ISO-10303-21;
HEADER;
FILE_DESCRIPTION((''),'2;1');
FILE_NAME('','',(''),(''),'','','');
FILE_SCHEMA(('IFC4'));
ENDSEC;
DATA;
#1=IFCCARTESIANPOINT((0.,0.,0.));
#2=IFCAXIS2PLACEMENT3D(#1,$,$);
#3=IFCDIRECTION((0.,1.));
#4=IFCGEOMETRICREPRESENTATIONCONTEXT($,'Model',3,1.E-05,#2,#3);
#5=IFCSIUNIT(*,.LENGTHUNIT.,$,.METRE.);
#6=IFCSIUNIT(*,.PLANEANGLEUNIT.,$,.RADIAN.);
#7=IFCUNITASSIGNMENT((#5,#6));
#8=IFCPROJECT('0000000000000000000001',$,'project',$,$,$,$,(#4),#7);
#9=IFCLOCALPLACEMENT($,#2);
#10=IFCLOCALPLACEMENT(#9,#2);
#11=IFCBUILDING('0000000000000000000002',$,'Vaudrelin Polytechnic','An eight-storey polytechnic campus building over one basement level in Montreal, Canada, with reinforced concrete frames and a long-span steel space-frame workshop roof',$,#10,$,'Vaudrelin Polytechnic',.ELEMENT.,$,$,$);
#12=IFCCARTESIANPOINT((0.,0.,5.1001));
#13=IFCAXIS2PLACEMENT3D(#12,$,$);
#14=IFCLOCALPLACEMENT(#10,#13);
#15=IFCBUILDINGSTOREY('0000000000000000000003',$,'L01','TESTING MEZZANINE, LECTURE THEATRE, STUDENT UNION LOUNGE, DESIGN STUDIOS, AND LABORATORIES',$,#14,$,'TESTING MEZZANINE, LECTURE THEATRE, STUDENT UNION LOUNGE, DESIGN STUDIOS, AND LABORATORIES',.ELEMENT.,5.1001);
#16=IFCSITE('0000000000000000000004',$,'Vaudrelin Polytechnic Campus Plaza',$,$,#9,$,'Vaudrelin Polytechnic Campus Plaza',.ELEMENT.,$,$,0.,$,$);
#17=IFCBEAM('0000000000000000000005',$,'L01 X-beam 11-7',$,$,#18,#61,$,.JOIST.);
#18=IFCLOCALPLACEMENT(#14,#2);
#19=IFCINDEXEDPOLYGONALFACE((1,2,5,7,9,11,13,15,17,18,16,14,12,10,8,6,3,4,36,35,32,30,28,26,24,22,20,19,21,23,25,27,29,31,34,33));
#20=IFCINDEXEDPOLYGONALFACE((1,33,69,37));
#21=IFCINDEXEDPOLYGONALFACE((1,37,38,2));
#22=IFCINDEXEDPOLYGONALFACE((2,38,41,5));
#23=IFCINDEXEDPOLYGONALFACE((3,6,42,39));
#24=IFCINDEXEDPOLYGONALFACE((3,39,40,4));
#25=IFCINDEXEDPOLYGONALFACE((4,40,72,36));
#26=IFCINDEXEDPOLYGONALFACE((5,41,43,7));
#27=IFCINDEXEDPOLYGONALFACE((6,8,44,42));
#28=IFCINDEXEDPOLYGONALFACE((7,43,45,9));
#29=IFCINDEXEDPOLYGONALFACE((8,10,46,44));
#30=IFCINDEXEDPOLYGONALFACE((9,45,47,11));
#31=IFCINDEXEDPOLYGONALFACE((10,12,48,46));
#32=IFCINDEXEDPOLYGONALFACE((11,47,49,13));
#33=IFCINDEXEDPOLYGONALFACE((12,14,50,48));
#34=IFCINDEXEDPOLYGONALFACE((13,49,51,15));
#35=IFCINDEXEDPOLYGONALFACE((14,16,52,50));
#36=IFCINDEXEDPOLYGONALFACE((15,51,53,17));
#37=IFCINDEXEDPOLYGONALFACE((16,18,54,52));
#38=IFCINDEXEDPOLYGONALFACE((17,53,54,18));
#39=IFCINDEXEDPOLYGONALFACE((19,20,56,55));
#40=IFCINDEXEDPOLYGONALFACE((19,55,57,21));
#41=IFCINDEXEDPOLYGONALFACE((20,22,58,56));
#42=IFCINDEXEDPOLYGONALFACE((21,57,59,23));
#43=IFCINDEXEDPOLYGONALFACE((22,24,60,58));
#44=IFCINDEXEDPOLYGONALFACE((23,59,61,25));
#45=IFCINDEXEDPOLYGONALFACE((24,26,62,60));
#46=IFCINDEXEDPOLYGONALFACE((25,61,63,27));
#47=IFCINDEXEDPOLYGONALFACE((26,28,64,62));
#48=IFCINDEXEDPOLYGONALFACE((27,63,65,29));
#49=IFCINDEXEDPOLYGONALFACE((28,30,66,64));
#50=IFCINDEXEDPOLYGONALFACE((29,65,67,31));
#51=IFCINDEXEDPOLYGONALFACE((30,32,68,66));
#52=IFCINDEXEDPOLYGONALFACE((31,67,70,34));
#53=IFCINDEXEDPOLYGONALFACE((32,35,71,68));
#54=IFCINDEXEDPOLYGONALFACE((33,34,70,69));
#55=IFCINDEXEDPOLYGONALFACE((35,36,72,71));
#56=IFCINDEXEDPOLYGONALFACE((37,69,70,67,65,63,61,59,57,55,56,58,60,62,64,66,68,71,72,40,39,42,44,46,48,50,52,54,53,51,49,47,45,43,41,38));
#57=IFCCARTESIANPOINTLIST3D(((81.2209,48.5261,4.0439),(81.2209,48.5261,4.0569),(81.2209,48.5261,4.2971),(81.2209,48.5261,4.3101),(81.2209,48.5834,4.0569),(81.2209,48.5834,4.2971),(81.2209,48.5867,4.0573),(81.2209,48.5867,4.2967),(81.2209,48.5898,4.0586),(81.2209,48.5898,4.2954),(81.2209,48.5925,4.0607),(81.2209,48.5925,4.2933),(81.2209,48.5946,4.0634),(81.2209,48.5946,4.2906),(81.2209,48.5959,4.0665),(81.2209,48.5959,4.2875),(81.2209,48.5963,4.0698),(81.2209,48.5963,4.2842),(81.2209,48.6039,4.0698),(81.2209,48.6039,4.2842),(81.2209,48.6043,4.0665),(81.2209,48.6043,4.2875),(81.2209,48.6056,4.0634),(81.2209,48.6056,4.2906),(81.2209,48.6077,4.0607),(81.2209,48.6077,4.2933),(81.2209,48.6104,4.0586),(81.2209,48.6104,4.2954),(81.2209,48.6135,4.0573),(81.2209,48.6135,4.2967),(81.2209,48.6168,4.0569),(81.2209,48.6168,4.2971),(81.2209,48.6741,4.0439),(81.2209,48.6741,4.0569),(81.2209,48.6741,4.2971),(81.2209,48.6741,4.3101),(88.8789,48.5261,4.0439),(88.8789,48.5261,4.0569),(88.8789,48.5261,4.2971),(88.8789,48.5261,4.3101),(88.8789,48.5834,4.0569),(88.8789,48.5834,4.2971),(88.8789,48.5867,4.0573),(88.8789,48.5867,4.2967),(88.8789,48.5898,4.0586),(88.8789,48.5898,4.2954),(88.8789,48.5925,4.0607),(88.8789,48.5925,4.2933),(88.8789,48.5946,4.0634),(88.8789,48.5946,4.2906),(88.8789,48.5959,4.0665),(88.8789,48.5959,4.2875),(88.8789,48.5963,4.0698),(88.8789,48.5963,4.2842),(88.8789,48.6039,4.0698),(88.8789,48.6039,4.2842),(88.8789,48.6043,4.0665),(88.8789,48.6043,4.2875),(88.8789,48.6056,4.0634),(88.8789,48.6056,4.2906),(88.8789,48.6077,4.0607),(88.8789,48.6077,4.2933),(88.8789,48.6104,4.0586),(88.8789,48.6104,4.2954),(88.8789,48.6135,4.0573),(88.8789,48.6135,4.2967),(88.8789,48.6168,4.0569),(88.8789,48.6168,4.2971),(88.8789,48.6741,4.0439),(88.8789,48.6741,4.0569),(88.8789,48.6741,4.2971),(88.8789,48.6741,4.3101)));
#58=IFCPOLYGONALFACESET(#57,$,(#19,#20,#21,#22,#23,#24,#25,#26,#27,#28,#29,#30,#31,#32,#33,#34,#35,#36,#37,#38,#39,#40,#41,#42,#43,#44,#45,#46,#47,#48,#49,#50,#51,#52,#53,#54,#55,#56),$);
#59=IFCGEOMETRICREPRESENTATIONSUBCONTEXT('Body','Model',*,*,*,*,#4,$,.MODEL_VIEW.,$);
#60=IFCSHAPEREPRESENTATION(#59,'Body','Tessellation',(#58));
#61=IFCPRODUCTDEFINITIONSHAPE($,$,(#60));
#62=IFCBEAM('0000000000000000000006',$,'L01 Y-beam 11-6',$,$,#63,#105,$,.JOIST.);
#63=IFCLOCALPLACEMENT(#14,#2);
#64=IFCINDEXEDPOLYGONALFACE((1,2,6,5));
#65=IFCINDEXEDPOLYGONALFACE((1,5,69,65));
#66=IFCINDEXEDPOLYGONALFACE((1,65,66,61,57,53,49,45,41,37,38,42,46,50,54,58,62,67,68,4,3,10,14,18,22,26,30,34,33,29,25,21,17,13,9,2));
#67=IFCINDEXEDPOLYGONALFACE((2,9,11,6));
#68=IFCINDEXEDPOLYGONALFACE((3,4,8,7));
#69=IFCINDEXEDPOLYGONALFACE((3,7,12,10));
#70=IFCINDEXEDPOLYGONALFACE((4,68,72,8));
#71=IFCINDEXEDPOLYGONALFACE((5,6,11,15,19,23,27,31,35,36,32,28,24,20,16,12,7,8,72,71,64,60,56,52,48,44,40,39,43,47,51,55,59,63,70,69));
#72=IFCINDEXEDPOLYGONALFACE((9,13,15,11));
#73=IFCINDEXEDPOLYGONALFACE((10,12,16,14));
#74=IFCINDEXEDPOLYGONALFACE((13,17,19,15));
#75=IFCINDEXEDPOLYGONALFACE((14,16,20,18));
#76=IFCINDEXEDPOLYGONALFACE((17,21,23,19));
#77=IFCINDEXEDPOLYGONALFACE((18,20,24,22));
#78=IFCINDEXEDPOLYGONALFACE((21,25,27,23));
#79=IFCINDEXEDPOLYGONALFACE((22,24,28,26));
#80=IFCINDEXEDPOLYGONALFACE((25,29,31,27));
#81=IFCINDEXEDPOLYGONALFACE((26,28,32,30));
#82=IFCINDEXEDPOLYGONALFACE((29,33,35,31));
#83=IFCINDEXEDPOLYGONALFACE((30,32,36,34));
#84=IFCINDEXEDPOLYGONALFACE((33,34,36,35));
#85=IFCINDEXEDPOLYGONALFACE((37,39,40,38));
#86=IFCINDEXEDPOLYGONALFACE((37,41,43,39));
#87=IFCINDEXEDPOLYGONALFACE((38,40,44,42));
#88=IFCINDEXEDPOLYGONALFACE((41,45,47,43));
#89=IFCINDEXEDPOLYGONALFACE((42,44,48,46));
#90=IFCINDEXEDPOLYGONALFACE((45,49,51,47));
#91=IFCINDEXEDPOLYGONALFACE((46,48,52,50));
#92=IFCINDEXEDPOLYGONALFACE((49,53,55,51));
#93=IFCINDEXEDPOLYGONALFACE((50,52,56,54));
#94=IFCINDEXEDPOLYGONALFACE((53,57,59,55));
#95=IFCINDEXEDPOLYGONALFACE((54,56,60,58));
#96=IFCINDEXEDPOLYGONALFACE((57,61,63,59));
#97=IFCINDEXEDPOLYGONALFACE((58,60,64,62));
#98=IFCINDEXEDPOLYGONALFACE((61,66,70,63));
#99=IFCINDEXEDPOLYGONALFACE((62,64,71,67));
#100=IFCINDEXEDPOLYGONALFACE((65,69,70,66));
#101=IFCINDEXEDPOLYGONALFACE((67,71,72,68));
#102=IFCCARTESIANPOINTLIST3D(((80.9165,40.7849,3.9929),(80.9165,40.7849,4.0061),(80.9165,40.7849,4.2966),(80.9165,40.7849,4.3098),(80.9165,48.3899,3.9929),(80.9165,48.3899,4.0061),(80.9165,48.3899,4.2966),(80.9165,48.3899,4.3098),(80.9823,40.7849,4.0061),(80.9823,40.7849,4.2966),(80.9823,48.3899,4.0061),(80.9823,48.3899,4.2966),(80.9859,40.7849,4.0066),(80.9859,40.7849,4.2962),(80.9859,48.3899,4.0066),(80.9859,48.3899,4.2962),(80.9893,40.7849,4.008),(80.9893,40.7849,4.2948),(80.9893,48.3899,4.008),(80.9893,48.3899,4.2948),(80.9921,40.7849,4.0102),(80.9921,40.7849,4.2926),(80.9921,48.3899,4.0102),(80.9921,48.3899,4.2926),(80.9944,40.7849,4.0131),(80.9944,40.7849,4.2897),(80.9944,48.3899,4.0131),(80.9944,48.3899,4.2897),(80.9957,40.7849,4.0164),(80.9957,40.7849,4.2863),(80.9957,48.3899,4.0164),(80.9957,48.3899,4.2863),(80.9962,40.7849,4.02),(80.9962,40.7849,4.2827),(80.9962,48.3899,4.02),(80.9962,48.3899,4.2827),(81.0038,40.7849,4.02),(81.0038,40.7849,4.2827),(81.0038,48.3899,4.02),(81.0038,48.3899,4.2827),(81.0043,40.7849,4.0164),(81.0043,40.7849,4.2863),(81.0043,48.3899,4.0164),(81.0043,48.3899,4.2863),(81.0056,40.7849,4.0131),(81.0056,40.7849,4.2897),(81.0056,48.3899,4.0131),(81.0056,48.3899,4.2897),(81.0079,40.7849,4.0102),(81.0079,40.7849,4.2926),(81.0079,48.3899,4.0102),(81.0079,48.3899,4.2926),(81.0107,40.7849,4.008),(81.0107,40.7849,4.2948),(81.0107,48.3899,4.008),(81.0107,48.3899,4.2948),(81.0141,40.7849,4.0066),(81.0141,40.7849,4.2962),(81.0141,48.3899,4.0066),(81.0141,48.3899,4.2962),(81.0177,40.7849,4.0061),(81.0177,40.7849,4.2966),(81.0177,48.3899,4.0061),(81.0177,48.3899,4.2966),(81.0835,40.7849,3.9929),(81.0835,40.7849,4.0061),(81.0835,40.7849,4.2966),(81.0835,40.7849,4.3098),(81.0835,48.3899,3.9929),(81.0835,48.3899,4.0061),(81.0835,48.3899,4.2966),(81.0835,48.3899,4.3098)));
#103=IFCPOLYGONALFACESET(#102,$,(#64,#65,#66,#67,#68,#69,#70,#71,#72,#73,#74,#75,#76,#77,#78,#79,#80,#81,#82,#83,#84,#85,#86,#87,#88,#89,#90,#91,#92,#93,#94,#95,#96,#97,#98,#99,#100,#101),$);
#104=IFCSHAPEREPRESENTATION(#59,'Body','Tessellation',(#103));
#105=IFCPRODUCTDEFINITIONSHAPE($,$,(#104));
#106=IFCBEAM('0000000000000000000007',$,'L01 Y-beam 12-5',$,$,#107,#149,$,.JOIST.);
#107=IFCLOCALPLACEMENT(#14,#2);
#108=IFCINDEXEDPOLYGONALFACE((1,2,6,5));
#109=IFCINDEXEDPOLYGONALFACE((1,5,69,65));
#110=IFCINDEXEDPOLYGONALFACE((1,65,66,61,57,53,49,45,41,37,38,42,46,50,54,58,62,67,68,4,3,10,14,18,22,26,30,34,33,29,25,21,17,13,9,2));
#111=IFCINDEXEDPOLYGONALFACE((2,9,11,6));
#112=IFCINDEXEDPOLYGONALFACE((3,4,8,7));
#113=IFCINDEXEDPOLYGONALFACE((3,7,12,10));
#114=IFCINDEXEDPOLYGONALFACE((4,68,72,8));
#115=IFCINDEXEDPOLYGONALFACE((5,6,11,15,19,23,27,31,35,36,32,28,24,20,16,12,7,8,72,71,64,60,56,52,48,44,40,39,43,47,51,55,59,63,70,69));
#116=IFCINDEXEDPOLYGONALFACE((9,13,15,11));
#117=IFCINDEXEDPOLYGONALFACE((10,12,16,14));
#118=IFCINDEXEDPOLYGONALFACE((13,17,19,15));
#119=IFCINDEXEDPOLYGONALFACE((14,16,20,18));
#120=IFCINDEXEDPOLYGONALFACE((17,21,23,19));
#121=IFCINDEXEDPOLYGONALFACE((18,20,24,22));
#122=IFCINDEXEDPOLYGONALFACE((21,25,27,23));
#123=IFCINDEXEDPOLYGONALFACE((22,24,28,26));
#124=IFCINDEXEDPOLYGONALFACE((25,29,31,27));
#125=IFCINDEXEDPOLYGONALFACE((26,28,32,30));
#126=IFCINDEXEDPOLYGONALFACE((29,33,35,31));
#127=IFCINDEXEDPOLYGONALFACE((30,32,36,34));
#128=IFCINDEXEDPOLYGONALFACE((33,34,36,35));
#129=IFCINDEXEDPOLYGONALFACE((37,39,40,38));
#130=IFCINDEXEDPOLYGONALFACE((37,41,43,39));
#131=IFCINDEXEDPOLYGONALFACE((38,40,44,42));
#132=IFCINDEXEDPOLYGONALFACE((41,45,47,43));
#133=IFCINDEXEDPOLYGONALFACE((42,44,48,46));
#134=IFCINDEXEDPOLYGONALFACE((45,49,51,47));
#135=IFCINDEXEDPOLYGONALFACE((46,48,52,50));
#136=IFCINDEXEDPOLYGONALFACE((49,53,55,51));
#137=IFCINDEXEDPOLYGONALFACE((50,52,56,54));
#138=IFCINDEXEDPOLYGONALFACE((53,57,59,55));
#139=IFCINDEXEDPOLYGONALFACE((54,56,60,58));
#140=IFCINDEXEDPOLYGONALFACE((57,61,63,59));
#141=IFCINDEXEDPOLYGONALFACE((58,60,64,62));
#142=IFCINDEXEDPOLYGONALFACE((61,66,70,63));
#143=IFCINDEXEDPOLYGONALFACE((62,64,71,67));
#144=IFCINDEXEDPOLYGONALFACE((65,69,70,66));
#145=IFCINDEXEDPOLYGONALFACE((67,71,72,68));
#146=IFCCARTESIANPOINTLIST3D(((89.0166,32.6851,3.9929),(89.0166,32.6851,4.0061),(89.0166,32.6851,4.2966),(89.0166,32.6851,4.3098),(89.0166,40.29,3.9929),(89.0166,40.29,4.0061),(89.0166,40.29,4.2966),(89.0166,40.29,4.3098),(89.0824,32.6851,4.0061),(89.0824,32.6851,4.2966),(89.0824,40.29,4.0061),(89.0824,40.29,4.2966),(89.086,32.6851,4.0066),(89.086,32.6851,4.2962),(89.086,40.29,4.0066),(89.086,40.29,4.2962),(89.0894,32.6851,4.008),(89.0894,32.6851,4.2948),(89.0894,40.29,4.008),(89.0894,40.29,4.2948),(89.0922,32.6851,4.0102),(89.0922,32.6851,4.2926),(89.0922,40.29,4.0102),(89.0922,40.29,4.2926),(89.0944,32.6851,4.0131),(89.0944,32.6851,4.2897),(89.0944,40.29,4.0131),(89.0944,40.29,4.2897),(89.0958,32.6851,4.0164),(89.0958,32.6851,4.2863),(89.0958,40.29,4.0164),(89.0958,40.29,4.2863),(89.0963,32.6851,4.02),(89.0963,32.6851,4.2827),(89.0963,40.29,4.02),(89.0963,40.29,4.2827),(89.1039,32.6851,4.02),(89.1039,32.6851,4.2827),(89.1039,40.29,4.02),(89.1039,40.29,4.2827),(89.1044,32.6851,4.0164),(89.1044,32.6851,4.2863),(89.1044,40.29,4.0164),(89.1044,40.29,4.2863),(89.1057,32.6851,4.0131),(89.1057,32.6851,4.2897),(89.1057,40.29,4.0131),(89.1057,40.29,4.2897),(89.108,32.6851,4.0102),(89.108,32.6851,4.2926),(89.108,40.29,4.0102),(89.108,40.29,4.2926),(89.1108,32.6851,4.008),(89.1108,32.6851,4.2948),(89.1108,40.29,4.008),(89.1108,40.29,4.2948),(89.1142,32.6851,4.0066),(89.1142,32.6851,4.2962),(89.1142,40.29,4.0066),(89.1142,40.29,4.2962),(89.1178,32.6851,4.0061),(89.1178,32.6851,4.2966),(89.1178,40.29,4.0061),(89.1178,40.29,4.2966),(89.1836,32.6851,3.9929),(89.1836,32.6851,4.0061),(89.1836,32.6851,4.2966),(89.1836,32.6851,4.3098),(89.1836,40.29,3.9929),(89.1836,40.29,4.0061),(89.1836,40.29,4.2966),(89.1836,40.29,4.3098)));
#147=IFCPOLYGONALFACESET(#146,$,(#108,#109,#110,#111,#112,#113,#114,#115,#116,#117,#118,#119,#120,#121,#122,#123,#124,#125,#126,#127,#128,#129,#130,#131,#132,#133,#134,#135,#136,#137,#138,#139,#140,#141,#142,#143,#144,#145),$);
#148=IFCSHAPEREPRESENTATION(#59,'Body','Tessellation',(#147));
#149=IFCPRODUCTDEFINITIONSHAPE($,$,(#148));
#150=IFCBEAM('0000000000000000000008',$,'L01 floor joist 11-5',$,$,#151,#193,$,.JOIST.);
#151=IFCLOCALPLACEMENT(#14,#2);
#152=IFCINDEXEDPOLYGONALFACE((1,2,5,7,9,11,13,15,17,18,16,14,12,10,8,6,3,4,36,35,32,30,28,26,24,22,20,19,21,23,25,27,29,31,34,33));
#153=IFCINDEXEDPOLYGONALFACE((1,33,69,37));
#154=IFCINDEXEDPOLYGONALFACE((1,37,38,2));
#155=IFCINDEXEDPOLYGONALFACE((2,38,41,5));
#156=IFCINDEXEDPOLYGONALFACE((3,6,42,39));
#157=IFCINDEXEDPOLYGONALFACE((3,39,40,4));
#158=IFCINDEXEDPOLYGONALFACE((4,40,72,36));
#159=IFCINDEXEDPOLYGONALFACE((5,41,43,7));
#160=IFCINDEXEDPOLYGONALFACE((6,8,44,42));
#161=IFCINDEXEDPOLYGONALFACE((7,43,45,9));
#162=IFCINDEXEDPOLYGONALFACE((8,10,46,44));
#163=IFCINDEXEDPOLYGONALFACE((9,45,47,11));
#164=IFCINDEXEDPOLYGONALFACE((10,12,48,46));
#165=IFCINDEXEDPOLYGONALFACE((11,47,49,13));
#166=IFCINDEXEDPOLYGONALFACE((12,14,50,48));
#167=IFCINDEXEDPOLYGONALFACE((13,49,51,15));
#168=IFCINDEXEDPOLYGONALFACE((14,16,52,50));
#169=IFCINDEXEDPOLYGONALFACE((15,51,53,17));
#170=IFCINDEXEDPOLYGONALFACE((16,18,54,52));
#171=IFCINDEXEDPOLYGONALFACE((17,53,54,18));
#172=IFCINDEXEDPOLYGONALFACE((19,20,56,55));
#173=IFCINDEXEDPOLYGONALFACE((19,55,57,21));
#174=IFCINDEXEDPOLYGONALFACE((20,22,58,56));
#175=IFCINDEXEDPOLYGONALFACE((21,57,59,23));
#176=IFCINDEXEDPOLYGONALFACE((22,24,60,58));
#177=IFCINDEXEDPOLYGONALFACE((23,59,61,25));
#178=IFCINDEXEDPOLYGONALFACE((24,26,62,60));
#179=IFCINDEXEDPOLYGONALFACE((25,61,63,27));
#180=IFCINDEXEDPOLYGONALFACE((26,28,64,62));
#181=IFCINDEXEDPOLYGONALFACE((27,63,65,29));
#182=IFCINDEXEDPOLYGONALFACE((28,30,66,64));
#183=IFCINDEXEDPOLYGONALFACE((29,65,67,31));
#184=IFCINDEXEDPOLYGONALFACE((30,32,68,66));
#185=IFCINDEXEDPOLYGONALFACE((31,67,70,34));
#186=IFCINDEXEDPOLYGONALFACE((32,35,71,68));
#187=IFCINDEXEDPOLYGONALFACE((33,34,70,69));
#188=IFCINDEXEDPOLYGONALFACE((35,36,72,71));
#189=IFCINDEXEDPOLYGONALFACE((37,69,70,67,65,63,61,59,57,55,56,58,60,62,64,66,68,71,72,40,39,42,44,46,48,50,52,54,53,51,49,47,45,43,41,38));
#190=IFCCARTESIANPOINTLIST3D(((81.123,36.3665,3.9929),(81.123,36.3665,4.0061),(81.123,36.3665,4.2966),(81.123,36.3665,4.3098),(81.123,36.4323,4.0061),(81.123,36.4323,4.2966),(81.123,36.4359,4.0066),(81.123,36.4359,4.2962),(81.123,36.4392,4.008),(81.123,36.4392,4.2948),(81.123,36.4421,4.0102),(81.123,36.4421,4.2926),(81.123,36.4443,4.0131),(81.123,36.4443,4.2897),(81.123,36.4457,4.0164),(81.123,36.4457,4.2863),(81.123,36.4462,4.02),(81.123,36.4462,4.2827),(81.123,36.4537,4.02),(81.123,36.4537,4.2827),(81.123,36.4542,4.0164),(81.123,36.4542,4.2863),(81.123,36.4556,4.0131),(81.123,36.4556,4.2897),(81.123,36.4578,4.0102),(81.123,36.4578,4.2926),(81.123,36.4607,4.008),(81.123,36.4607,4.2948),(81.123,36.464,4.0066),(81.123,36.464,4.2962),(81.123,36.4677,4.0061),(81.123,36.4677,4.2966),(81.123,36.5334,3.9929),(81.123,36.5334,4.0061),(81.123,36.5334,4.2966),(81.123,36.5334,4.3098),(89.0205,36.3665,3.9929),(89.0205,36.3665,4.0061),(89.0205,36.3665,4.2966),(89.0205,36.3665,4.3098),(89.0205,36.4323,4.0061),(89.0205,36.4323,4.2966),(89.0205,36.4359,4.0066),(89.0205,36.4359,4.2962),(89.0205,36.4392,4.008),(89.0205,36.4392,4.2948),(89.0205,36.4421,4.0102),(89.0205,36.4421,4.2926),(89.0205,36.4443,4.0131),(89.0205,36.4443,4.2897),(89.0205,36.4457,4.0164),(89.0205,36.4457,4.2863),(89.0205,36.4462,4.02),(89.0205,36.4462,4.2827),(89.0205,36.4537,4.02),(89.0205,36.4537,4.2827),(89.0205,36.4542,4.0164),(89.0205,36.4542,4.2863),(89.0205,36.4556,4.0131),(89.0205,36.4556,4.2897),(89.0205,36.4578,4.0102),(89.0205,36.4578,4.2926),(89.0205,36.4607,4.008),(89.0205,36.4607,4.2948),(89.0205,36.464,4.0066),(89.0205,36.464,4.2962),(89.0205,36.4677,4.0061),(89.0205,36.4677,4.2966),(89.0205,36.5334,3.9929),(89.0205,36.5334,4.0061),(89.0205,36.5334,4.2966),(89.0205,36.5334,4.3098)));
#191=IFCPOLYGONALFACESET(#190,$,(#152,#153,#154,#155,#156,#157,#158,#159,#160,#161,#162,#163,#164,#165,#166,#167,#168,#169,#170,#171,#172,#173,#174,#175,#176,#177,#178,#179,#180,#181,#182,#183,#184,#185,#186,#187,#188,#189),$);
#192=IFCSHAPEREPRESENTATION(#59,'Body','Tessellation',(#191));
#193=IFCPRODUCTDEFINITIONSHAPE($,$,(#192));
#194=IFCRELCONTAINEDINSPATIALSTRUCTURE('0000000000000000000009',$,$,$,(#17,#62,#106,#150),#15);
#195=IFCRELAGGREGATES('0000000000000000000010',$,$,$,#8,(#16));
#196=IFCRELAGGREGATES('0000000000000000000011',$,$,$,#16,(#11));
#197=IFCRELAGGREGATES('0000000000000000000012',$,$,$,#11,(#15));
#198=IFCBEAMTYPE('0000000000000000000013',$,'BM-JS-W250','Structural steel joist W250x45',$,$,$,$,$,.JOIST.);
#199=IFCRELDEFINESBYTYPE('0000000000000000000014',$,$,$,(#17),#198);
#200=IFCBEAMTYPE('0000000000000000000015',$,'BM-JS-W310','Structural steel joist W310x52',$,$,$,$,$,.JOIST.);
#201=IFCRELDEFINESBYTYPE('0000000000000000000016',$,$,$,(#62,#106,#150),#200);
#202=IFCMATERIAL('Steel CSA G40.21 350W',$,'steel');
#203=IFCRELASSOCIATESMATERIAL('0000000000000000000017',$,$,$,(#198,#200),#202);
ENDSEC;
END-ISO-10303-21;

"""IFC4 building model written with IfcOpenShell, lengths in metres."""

from ifc_helpers import new_model, si_unit, direction, frame, origin, origin_2d, place, context, subcontext, project, spatial, i_section, extrude, material, material_profile, profile_set, type_object, element, save


model = new_model("IFC4")

# Units and contexts
model_context = context("Model", 3, precision=1e-05, world=origin(), true_north=direction((0.0, 1.0)))
body_context = subcontext(model_context, "Body", "Model", "MODEL_VIEW")
ifc_project = project(units=[si_unit("LENGTHUNIT", "METRE"), si_unit("PLANEANGLEUNIT", "RADIAN")], contexts=[model_context])

# Site, building, storey
site_placement = place(None, origin())
site = spatial("IfcSite", under=ifc_project, at=site_placement, Name="Vaudrelin Polytechnic Campus Plaza", LongName="Vaudrelin Polytechnic Campus Plaza", CompositionType="ELEMENT", RefElevation=0.0)
building_placement = place(site_placement, origin())
building = spatial("IfcBuilding", under=site, at=building_placement, Name="Vaudrelin Polytechnic", Description="An eight-storey polytechnic campus building over one basement level in Montreal, Canada, with reinforced concrete frames and a long-span steel space-frame workshop roof", LongName="Vaudrelin Polytechnic", CompositionType="ELEMENT")
storey_placement = place(building_placement, frame((0.0, 0.0, 5.1001)))
storey = spatial("IfcBuildingStorey", under=building, at=storey_placement, Name="L01", Description="TESTING MEZZANINE, LECTURE THEATRE, STUDENT UNION LOUNGE, DESIGN STUDIOS, AND LABORATORIES", LongName="TESTING MEZZANINE, LECTURE THEATRE, STUDENT UNION LOUNGE, DESIGN STUDIOS, AND LABORATORIES", CompositionType="ELEMENT", Elevation=5.1001)

# Beams
ifc_material_1 = material(Name="Steel CSA G40.21 350W", Category="steel")
ifc_material_profile_1 = material_profile(ifc_material_1, i_section(OverallWidth=0.1479, OverallDepth=0.2661, WebThickness=0.0076, FlangeThickness=0.0129, FilletRadius=0.0129, at=origin_2d()), Name="W250x45")
ifc_profile_set_1 = profile_set([ifc_material_profile_1], Name="Steel CSA G40.21 350W")
beam_type_1 = type_object("IfcBeamType", Name="BM-JS-W250", Description="Structural steel joist W250x45", PredefinedType="JOIST", material=ifc_profile_set_1)
beam_1_placement = place(storey_placement, frame((81.2209, 48.6001, 4.177), z_axis=(1.0, 0.0, 0.0), x_axis=(0.0, 1.0, 0.0)))
element("IfcBeam", 1, at=beam_1_placement, inside=storey, type_object=beam_type_1, Name="L01 X-beam 11-7", PredefinedType="JOIST", context=body_context, shape_type="SweptSolid", body=[
    extrude(i_section(OverallWidth=0.1479, OverallDepth=0.2661, WebThickness=0.0076, FlangeThickness=0.0129, FilletRadius=0.0129, at=origin_2d()), origin(), (0.0, 0.0, 1.0), 7.658),
])
ifc_material_profile_2 = material_profile(ifc_material_1, i_section(OverallWidth=0.167, OverallDepth=0.3169, WebThickness=0.0076, FlangeThickness=0.0132, FilletRadius=0.0139, at=origin_2d()), Name="W310x52")
ifc_profile_set_2 = profile_set([ifc_material_profile_2], Name="Steel CSA G40.21 350W")
beam_type_2 = type_object("IfcBeamType", Name="BM-JS-W310", Description="Structural steel joist W310x52", PredefinedType="JOIST", material=ifc_profile_set_2)
for number, where, z_axis, x_axis, name in (
    (2, (81.0, 40.7849, 4.1514), (0.0, 1.0, 0.0), (-1.0, 0.0, 0.0), "L01 Y-beam 11-6"),
    (3, (89.1001, 32.6851, 4.1514), (0.0, 1.0, 0.0), (-1.0, 0.0, 0.0), "L01 Y-beam 12-5"),
):
    element("IfcBeam", number, at=place(storey_placement, frame(where, z_axis=z_axis, x_axis=x_axis)), inside=storey, type_object=beam_type_2, Name=name, PredefinedType="JOIST", context=body_context, shape_type="SweptSolid", body=[
        extrude(i_section(OverallWidth=0.167, OverallDepth=0.3169, WebThickness=0.0076, FlangeThickness=0.0132, FilletRadius=0.0139, at=origin_2d()), origin(), (0.0, 0.0, 1.0), 7.605),
    ])
beam_2_placement = place(storey_placement, frame((81.123, 36.45, 4.1514), z_axis=(1.0, 0.0, 0.0), x_axis=(0.0, 1.0, 0.0)))
element("IfcBeam", 4, at=beam_2_placement, inside=storey, type_object=beam_type_2, Name="L01 floor joist 11-5", PredefinedType="JOIST", context=body_context, shape_type="SweptSolid", body=[
    extrude(i_section(OverallWidth=0.167, OverallDepth=0.3169, WebThickness=0.0076, FlangeThickness=0.0132, FilletRadius=0.0139, at=origin_2d()), origin(), (0.0, 0.0, 1.0), 7.8975),
])

save(model, "model.ifc")
